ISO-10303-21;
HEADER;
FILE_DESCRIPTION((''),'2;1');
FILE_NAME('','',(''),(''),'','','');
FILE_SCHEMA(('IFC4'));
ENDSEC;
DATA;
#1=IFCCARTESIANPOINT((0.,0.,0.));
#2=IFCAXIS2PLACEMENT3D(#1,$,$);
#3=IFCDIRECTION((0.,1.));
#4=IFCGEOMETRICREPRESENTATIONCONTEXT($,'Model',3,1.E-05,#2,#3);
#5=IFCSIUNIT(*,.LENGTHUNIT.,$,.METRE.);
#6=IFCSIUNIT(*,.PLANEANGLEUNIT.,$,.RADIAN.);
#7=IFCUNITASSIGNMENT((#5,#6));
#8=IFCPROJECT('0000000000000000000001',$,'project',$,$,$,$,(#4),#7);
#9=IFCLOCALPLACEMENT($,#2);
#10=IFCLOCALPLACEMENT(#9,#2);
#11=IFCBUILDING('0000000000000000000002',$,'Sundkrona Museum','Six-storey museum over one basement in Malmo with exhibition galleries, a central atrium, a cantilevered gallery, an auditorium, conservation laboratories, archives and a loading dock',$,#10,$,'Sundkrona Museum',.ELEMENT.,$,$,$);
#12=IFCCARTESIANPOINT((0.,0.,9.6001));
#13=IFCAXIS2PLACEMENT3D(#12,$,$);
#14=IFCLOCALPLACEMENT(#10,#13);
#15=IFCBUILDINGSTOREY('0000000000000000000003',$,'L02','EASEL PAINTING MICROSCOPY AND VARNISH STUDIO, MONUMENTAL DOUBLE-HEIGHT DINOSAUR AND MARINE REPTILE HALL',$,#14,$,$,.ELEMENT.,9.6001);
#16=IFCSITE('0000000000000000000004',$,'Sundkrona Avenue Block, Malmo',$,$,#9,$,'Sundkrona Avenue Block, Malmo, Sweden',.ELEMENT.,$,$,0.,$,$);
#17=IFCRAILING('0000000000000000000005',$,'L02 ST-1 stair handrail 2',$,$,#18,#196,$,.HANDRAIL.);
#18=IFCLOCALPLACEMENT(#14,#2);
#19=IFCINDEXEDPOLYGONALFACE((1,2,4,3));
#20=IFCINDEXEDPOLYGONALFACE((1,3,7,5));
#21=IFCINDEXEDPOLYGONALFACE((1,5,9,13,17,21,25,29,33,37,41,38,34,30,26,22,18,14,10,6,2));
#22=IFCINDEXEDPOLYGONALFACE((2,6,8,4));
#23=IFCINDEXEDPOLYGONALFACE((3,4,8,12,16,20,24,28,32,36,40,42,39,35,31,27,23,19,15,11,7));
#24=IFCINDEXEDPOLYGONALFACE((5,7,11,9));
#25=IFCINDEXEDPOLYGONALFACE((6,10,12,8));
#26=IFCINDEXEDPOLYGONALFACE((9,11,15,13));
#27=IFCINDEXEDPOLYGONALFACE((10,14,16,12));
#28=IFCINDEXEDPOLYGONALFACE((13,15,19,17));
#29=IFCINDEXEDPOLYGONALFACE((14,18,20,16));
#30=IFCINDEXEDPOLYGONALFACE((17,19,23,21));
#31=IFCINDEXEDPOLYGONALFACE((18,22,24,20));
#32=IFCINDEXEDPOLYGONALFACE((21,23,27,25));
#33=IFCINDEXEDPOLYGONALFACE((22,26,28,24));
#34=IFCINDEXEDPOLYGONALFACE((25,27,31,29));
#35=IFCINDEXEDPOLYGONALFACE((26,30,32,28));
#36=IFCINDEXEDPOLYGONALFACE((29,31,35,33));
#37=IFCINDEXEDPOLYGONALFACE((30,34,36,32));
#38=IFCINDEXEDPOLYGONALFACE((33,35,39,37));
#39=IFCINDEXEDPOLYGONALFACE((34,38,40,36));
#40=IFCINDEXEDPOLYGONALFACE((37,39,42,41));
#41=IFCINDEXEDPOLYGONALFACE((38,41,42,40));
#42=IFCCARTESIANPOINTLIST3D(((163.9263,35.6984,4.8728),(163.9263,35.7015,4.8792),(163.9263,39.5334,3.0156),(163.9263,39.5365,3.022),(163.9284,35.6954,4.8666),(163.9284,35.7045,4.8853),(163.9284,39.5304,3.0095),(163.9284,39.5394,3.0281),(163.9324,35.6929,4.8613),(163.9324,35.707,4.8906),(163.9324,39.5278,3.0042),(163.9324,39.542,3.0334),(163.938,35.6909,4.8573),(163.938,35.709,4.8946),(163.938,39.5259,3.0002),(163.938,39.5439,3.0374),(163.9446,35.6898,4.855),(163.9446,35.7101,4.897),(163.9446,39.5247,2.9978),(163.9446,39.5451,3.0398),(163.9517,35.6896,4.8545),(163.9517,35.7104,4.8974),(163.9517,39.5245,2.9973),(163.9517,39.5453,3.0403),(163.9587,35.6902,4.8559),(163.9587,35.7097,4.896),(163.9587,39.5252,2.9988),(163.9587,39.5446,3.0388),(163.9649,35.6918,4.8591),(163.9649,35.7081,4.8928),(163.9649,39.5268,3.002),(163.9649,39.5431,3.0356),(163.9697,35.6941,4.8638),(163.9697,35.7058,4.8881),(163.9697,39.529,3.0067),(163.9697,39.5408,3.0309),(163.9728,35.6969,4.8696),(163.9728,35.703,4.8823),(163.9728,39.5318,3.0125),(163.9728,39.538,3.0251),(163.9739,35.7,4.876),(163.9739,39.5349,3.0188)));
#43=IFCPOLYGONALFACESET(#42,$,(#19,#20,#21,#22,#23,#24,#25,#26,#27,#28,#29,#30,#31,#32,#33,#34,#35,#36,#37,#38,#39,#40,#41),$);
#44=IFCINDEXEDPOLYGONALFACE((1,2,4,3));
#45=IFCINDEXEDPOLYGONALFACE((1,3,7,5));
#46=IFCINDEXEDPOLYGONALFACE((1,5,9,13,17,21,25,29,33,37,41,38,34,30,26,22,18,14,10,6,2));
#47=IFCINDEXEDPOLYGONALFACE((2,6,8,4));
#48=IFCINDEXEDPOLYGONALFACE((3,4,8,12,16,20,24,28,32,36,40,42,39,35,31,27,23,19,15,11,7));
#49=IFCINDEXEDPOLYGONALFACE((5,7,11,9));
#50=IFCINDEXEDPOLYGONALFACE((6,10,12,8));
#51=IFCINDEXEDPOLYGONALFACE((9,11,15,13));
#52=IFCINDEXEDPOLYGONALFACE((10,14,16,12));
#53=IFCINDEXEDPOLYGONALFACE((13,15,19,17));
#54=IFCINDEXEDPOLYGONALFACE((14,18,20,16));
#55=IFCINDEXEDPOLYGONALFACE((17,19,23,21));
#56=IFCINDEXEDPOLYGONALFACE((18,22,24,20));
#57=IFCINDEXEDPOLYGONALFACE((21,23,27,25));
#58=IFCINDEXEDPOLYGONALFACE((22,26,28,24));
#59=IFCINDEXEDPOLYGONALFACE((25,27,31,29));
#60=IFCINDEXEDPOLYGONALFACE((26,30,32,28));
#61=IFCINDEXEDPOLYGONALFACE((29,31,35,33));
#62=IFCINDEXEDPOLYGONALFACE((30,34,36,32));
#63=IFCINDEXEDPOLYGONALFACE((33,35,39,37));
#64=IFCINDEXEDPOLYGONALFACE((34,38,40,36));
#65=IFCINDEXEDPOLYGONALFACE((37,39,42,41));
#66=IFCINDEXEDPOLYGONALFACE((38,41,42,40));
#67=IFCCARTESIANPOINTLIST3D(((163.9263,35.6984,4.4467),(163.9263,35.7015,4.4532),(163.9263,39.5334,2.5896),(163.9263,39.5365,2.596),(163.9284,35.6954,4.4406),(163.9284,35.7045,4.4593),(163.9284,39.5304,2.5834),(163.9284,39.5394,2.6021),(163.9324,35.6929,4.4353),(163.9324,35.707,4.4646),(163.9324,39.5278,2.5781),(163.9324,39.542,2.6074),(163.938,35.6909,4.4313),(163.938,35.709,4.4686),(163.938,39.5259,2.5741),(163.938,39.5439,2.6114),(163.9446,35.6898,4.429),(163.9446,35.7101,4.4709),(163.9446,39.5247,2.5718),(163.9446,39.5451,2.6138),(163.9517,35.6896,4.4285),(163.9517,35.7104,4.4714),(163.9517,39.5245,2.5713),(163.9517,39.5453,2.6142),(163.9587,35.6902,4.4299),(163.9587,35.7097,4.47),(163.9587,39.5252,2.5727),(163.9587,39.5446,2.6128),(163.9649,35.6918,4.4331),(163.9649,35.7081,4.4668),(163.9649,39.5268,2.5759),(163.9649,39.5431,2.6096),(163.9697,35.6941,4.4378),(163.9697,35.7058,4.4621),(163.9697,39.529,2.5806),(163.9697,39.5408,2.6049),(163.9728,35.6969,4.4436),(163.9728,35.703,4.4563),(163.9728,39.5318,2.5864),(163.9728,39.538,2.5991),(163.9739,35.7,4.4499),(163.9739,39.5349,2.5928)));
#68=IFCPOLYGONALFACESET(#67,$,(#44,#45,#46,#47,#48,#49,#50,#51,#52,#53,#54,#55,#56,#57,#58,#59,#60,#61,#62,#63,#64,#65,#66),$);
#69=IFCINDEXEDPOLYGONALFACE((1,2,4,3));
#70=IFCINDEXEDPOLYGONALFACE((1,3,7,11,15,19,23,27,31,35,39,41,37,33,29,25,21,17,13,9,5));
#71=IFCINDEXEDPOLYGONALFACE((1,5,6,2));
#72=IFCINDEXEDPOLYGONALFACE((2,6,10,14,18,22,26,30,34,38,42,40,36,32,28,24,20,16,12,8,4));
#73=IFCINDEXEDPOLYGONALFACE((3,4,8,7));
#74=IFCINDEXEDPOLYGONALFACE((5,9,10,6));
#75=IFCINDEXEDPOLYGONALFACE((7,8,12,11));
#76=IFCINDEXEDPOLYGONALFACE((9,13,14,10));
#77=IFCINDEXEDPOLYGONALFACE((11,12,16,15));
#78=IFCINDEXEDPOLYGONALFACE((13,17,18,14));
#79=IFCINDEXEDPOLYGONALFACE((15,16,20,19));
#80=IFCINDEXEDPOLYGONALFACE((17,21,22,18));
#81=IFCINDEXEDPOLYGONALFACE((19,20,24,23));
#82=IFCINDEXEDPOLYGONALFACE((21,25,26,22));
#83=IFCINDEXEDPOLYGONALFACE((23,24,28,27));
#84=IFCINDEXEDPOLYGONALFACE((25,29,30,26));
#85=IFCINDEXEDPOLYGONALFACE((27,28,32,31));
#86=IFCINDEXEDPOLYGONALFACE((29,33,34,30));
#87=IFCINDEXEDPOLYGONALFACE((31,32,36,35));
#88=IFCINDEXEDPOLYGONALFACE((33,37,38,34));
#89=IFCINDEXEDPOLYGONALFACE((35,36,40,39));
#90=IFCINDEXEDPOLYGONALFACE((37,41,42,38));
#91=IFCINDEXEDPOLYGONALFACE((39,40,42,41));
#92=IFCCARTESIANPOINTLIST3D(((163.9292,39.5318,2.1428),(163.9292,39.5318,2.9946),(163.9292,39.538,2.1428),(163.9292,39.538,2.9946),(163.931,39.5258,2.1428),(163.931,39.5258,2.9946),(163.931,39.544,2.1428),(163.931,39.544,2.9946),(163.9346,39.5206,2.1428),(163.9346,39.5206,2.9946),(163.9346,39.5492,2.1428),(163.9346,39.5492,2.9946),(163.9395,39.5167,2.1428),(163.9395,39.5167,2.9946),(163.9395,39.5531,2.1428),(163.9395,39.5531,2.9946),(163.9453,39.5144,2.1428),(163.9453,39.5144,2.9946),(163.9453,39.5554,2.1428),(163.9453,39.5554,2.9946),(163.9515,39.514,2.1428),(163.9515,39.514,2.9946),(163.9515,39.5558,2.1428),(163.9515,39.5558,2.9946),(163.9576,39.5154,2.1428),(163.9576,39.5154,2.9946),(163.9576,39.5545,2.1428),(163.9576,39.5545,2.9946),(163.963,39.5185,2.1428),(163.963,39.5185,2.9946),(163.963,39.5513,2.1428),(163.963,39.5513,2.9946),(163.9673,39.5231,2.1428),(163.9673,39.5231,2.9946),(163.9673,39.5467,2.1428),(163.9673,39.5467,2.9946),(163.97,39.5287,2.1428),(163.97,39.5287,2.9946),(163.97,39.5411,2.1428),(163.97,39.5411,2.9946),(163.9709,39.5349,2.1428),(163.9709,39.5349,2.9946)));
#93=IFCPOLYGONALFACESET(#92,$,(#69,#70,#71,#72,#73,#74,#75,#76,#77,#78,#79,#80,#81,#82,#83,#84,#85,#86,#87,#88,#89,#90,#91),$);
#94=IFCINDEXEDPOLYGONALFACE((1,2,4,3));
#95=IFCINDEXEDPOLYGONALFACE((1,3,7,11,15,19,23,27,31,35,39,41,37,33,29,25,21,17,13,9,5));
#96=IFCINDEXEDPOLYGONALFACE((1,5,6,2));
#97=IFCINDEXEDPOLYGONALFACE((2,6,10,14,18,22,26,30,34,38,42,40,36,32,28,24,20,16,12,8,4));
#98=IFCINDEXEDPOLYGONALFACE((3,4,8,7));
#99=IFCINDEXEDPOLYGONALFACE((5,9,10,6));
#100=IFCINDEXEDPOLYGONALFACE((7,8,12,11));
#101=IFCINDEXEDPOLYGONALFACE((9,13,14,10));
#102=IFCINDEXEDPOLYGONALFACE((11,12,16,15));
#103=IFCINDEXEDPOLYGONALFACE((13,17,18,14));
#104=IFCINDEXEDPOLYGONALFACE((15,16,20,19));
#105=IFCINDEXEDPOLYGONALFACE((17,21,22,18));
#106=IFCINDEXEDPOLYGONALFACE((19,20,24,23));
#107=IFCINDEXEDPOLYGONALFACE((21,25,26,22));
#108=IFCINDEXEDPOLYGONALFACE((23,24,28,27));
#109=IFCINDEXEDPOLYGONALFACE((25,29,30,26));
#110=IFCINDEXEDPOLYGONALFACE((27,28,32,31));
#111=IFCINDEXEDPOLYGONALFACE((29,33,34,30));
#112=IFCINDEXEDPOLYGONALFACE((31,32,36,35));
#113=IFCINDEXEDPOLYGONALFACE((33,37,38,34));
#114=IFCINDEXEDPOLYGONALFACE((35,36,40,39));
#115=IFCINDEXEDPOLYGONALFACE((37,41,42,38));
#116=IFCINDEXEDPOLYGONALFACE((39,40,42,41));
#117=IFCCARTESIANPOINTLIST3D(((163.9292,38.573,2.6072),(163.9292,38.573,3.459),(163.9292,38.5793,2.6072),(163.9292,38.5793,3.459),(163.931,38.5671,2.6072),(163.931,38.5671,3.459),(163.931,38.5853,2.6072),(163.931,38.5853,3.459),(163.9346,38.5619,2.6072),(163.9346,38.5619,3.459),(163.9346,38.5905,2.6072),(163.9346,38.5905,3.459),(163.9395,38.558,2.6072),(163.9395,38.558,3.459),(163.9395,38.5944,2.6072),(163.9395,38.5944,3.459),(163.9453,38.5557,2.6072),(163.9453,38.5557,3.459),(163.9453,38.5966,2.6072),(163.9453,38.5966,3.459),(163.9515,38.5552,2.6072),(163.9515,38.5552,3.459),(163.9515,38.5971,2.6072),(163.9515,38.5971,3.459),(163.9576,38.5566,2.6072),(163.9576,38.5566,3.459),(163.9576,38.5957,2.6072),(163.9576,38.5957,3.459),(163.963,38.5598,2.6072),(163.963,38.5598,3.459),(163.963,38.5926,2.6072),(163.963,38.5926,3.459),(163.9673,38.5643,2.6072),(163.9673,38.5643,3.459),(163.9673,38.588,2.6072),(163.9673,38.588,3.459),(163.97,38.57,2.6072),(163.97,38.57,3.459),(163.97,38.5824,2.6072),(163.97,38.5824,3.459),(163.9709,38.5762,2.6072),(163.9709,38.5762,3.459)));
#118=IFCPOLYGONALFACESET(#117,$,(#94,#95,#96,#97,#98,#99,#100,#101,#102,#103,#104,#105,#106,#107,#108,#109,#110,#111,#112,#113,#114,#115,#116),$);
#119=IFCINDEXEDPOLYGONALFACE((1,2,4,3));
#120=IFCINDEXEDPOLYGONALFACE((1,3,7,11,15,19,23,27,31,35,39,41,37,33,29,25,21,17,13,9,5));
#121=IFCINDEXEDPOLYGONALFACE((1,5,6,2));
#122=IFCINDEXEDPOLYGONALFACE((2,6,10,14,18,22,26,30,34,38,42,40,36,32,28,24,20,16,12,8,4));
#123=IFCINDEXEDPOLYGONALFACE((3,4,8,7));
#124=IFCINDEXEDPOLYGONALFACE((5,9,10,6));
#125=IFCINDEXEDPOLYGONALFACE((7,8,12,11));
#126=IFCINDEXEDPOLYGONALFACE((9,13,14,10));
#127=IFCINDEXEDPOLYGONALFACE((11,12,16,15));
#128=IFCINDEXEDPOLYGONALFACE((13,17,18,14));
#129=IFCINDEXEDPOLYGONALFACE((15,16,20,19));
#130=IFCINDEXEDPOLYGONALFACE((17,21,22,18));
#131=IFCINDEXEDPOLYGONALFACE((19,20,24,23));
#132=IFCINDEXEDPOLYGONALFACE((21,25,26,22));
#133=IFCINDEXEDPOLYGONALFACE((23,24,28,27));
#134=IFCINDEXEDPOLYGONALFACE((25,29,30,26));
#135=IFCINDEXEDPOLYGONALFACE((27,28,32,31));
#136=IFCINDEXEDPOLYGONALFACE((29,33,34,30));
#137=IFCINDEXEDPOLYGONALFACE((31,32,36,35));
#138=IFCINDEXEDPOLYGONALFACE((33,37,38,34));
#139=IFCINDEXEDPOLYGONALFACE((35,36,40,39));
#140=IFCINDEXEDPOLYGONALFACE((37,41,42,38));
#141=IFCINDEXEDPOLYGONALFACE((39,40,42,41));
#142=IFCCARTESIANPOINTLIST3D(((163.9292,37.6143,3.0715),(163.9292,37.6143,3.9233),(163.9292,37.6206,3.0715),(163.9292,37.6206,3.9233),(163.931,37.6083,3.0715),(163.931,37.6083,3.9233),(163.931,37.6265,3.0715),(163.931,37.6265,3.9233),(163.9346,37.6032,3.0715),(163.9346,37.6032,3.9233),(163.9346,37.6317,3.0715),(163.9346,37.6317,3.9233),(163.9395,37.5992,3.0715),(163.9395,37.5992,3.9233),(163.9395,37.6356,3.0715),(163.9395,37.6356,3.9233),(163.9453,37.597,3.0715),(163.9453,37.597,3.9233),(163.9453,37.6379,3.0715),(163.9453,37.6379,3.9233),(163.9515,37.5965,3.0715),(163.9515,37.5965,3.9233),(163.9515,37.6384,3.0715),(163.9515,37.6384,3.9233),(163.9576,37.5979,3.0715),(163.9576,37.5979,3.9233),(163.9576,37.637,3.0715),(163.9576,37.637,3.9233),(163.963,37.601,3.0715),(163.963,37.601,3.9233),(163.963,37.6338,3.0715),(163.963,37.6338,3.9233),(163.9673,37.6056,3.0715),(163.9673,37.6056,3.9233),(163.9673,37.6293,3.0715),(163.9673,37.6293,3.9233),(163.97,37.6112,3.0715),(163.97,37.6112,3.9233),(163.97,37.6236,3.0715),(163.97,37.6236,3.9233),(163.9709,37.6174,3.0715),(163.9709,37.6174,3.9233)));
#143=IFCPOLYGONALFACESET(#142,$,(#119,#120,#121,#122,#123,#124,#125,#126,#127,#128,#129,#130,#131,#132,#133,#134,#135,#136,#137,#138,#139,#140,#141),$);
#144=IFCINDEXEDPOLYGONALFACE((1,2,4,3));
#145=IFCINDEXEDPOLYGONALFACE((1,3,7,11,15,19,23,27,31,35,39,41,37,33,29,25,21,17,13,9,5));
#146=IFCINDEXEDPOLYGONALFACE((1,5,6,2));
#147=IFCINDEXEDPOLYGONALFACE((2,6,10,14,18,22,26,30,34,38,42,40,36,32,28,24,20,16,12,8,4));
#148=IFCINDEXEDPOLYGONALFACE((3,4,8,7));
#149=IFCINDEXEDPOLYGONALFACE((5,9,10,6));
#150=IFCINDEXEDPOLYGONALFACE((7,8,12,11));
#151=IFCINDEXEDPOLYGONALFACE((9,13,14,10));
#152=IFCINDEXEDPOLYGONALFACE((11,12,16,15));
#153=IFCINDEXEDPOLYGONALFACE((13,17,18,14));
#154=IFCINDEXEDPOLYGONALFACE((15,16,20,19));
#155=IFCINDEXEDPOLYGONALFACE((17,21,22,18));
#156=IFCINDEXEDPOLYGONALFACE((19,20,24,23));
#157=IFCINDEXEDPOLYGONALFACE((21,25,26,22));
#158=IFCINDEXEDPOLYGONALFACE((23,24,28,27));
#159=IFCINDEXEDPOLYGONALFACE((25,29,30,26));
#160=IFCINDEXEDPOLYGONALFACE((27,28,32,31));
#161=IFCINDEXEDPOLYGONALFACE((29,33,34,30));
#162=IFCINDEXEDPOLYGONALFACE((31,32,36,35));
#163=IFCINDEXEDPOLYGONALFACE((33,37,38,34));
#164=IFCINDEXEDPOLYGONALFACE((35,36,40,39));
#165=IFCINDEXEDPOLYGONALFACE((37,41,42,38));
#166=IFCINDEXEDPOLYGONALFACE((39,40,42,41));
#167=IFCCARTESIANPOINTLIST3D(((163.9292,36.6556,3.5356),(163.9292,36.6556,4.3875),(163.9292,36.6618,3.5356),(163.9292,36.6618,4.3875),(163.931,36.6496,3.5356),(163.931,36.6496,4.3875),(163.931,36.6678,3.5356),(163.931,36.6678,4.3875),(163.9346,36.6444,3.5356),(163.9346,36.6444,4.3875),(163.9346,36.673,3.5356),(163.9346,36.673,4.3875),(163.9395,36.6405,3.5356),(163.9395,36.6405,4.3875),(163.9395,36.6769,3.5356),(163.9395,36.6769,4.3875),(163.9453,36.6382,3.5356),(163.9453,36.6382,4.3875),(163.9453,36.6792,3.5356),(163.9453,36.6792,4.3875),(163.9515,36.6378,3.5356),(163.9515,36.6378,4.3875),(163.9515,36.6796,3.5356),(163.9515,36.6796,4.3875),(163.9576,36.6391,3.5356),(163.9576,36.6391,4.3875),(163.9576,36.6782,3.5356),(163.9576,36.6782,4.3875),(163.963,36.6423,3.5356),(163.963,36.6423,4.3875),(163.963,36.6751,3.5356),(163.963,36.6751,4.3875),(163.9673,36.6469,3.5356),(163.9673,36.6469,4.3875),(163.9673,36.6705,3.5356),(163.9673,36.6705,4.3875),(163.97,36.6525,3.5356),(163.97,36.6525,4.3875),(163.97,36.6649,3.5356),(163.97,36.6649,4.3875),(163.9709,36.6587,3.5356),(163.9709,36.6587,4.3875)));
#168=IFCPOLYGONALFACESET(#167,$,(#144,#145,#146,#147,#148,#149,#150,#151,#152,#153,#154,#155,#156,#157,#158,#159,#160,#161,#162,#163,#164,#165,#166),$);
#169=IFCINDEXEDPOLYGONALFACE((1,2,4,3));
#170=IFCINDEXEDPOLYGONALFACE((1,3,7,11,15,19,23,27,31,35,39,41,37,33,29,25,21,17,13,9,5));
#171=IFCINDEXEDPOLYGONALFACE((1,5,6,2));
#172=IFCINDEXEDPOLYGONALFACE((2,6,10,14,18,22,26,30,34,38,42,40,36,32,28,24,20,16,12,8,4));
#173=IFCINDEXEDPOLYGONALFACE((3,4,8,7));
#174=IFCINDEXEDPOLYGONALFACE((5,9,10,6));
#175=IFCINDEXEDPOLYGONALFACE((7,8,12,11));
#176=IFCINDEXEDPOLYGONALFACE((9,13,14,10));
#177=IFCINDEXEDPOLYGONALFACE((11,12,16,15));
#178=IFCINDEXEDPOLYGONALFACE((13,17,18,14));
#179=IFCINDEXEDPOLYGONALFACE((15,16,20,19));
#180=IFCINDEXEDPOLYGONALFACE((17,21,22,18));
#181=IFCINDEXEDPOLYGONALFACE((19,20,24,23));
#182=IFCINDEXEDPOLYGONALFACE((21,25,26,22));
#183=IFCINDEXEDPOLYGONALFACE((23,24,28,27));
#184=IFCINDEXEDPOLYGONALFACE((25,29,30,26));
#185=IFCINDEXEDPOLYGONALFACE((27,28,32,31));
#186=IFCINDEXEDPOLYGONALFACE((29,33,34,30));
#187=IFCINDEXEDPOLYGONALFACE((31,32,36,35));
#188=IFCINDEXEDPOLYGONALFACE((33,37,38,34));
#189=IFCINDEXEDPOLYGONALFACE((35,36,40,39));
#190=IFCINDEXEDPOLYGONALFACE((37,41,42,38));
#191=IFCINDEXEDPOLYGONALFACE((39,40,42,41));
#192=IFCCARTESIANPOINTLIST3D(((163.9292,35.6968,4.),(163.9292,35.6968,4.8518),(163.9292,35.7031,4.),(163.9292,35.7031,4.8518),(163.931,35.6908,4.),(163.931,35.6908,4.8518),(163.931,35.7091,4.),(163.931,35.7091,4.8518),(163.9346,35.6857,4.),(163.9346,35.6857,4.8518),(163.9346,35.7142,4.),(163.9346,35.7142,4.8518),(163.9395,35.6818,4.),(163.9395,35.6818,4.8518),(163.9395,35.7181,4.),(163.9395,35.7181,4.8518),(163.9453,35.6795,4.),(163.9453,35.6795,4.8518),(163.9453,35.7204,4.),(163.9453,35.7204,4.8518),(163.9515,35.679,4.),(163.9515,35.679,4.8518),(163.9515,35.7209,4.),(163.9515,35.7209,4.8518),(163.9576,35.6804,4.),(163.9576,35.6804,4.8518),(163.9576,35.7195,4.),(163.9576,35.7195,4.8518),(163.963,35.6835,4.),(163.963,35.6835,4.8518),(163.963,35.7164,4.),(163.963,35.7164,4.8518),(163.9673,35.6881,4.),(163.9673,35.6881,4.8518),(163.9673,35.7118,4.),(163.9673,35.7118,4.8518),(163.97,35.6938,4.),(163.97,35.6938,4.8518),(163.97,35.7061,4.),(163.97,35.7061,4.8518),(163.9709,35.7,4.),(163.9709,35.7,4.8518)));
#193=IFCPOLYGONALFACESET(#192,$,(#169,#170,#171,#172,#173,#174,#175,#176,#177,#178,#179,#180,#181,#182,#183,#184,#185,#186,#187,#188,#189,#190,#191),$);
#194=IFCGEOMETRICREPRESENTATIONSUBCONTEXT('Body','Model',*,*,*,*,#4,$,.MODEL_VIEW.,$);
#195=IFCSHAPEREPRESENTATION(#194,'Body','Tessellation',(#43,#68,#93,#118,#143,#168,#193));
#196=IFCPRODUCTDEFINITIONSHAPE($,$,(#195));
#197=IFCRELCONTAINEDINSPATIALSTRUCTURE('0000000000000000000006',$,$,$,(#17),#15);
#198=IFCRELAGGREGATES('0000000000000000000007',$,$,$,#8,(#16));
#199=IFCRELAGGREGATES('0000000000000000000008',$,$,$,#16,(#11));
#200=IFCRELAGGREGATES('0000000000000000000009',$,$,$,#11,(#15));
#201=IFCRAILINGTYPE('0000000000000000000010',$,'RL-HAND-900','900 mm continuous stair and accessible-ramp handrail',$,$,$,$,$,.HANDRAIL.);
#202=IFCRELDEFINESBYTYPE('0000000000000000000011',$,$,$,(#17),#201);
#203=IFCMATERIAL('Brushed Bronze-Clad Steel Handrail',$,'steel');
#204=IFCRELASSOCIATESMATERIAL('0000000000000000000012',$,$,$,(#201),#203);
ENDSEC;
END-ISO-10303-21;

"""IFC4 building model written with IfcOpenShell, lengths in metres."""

from ifc_helpers import new_model, si_unit, direction, frame, origin, origin_2d, place, context, subcontext, project, spatial, circle, extrude, material, type_object, element, save


model = new_model("IFC4")

# Units and contexts
model_context = context("Model", 3, precision=1e-05, world=origin(), true_north=direction((0.0, 1.0)))
body_context = subcontext(model_context, "Body", "Model", "MODEL_VIEW")
ifc_project = project(units=[si_unit("LENGTHUNIT", "METRE"), si_unit("PLANEANGLEUNIT", "RADIAN")], contexts=[model_context])

# Site, building, storey
site_placement = place(None, origin())
site = spatial("IfcSite", under=ifc_project, at=site_placement, Name="Sundkrona Avenue Block, Malmo", LongName="Sundkrona Avenue Block, Malmo, Sweden", CompositionType="ELEMENT", RefElevation=0.0)
building_placement = place(site_placement, origin())
building = spatial("IfcBuilding", under=site, at=building_placement, Name="Sundkrona Museum", Description="Six-storey museum over one basement in Malmo with exhibition galleries, a central atrium, a cantilevered gallery, an auditorium, conservation laboratories, archives and a loading dock", LongName="Sundkrona Museum", CompositionType="ELEMENT")
storey_placement = place(building_placement, frame((0.0, 0.0, 9.6001)))
storey = spatial("IfcBuildingStorey", under=building, at=storey_placement, Name="L02", Description="EASEL PAINTING MICROSCOPY AND VARNISH STUDIO, MONUMENTAL DOUBLE-HEIGHT DINOSAUR AND MARINE REPTILE HALL", CompositionType="ELEMENT", Elevation=9.6001)

# Railing
ifc_material_1 = material(Name="Brushed Bronze-Clad Steel Handrail", Category="steel")
railing_type_1 = type_object("IfcRailingType", Name="RL-HAND-900", Description="900 mm continuous stair and accessible-ramp handrail", PredefinedType="HANDRAIL", material=ifc_material_1)
for number, where, name in (
    (1, (163.95, 39.5349, 2.1428), "L02 ST-1 stair handrail 2"),
):
    element("IfcRailing", number, at=place(storey_placement, frame(where)), inside=storey, type_object=railing_type_1, Name=name, PredefinedType="HANDRAIL", context=body_context, shape_type="SweptSolid", body=[
        extrude(circle(Radius=0.0239, at=origin_2d()), frame((0.0, 0.0, 0.876), z_axis=(0.0, -0.900016, 0.435856), x_axis=(1.0, 0.0, 0.0)), (0.0, 0.0, 1.0), 4.261),
        extrude(circle(Radius=0.0239, at=origin_2d()), frame((0.0, 0.0, 0.45), z_axis=(0.0, -0.900016, 0.435856), x_axis=(1.0, 0.0, 0.0)), (0.0, 0.0, 1.0), 4.261),
        extrude(circle(Radius=0.021, at=origin_2d()), origin(), (0.0, 0.0, 1.0), 0.8518),
        extrude(circle(Radius=0.021, at=origin_2d()), frame((0.0, -0.9587, 0.4644)), (0.0, 0.0, 1.0), 0.8518),
        extrude(circle(Radius=0.021, at=origin_2d()), frame((0.0, -1.9175, 0.9287)), (0.0, 0.0, 1.0), 0.8518),
        extrude(circle(Radius=0.021, at=origin_2d()), frame((0.0, -2.8762, 1.3928)), (0.0, 0.0, 1.0), 0.8518),
        extrude(circle(Radius=0.021, at=origin_2d()), frame((0.0, -3.835, 1.8572)), (0.0, 0.0, 1.0), 0.8518),
    ])

save(model, "model.ifc")
